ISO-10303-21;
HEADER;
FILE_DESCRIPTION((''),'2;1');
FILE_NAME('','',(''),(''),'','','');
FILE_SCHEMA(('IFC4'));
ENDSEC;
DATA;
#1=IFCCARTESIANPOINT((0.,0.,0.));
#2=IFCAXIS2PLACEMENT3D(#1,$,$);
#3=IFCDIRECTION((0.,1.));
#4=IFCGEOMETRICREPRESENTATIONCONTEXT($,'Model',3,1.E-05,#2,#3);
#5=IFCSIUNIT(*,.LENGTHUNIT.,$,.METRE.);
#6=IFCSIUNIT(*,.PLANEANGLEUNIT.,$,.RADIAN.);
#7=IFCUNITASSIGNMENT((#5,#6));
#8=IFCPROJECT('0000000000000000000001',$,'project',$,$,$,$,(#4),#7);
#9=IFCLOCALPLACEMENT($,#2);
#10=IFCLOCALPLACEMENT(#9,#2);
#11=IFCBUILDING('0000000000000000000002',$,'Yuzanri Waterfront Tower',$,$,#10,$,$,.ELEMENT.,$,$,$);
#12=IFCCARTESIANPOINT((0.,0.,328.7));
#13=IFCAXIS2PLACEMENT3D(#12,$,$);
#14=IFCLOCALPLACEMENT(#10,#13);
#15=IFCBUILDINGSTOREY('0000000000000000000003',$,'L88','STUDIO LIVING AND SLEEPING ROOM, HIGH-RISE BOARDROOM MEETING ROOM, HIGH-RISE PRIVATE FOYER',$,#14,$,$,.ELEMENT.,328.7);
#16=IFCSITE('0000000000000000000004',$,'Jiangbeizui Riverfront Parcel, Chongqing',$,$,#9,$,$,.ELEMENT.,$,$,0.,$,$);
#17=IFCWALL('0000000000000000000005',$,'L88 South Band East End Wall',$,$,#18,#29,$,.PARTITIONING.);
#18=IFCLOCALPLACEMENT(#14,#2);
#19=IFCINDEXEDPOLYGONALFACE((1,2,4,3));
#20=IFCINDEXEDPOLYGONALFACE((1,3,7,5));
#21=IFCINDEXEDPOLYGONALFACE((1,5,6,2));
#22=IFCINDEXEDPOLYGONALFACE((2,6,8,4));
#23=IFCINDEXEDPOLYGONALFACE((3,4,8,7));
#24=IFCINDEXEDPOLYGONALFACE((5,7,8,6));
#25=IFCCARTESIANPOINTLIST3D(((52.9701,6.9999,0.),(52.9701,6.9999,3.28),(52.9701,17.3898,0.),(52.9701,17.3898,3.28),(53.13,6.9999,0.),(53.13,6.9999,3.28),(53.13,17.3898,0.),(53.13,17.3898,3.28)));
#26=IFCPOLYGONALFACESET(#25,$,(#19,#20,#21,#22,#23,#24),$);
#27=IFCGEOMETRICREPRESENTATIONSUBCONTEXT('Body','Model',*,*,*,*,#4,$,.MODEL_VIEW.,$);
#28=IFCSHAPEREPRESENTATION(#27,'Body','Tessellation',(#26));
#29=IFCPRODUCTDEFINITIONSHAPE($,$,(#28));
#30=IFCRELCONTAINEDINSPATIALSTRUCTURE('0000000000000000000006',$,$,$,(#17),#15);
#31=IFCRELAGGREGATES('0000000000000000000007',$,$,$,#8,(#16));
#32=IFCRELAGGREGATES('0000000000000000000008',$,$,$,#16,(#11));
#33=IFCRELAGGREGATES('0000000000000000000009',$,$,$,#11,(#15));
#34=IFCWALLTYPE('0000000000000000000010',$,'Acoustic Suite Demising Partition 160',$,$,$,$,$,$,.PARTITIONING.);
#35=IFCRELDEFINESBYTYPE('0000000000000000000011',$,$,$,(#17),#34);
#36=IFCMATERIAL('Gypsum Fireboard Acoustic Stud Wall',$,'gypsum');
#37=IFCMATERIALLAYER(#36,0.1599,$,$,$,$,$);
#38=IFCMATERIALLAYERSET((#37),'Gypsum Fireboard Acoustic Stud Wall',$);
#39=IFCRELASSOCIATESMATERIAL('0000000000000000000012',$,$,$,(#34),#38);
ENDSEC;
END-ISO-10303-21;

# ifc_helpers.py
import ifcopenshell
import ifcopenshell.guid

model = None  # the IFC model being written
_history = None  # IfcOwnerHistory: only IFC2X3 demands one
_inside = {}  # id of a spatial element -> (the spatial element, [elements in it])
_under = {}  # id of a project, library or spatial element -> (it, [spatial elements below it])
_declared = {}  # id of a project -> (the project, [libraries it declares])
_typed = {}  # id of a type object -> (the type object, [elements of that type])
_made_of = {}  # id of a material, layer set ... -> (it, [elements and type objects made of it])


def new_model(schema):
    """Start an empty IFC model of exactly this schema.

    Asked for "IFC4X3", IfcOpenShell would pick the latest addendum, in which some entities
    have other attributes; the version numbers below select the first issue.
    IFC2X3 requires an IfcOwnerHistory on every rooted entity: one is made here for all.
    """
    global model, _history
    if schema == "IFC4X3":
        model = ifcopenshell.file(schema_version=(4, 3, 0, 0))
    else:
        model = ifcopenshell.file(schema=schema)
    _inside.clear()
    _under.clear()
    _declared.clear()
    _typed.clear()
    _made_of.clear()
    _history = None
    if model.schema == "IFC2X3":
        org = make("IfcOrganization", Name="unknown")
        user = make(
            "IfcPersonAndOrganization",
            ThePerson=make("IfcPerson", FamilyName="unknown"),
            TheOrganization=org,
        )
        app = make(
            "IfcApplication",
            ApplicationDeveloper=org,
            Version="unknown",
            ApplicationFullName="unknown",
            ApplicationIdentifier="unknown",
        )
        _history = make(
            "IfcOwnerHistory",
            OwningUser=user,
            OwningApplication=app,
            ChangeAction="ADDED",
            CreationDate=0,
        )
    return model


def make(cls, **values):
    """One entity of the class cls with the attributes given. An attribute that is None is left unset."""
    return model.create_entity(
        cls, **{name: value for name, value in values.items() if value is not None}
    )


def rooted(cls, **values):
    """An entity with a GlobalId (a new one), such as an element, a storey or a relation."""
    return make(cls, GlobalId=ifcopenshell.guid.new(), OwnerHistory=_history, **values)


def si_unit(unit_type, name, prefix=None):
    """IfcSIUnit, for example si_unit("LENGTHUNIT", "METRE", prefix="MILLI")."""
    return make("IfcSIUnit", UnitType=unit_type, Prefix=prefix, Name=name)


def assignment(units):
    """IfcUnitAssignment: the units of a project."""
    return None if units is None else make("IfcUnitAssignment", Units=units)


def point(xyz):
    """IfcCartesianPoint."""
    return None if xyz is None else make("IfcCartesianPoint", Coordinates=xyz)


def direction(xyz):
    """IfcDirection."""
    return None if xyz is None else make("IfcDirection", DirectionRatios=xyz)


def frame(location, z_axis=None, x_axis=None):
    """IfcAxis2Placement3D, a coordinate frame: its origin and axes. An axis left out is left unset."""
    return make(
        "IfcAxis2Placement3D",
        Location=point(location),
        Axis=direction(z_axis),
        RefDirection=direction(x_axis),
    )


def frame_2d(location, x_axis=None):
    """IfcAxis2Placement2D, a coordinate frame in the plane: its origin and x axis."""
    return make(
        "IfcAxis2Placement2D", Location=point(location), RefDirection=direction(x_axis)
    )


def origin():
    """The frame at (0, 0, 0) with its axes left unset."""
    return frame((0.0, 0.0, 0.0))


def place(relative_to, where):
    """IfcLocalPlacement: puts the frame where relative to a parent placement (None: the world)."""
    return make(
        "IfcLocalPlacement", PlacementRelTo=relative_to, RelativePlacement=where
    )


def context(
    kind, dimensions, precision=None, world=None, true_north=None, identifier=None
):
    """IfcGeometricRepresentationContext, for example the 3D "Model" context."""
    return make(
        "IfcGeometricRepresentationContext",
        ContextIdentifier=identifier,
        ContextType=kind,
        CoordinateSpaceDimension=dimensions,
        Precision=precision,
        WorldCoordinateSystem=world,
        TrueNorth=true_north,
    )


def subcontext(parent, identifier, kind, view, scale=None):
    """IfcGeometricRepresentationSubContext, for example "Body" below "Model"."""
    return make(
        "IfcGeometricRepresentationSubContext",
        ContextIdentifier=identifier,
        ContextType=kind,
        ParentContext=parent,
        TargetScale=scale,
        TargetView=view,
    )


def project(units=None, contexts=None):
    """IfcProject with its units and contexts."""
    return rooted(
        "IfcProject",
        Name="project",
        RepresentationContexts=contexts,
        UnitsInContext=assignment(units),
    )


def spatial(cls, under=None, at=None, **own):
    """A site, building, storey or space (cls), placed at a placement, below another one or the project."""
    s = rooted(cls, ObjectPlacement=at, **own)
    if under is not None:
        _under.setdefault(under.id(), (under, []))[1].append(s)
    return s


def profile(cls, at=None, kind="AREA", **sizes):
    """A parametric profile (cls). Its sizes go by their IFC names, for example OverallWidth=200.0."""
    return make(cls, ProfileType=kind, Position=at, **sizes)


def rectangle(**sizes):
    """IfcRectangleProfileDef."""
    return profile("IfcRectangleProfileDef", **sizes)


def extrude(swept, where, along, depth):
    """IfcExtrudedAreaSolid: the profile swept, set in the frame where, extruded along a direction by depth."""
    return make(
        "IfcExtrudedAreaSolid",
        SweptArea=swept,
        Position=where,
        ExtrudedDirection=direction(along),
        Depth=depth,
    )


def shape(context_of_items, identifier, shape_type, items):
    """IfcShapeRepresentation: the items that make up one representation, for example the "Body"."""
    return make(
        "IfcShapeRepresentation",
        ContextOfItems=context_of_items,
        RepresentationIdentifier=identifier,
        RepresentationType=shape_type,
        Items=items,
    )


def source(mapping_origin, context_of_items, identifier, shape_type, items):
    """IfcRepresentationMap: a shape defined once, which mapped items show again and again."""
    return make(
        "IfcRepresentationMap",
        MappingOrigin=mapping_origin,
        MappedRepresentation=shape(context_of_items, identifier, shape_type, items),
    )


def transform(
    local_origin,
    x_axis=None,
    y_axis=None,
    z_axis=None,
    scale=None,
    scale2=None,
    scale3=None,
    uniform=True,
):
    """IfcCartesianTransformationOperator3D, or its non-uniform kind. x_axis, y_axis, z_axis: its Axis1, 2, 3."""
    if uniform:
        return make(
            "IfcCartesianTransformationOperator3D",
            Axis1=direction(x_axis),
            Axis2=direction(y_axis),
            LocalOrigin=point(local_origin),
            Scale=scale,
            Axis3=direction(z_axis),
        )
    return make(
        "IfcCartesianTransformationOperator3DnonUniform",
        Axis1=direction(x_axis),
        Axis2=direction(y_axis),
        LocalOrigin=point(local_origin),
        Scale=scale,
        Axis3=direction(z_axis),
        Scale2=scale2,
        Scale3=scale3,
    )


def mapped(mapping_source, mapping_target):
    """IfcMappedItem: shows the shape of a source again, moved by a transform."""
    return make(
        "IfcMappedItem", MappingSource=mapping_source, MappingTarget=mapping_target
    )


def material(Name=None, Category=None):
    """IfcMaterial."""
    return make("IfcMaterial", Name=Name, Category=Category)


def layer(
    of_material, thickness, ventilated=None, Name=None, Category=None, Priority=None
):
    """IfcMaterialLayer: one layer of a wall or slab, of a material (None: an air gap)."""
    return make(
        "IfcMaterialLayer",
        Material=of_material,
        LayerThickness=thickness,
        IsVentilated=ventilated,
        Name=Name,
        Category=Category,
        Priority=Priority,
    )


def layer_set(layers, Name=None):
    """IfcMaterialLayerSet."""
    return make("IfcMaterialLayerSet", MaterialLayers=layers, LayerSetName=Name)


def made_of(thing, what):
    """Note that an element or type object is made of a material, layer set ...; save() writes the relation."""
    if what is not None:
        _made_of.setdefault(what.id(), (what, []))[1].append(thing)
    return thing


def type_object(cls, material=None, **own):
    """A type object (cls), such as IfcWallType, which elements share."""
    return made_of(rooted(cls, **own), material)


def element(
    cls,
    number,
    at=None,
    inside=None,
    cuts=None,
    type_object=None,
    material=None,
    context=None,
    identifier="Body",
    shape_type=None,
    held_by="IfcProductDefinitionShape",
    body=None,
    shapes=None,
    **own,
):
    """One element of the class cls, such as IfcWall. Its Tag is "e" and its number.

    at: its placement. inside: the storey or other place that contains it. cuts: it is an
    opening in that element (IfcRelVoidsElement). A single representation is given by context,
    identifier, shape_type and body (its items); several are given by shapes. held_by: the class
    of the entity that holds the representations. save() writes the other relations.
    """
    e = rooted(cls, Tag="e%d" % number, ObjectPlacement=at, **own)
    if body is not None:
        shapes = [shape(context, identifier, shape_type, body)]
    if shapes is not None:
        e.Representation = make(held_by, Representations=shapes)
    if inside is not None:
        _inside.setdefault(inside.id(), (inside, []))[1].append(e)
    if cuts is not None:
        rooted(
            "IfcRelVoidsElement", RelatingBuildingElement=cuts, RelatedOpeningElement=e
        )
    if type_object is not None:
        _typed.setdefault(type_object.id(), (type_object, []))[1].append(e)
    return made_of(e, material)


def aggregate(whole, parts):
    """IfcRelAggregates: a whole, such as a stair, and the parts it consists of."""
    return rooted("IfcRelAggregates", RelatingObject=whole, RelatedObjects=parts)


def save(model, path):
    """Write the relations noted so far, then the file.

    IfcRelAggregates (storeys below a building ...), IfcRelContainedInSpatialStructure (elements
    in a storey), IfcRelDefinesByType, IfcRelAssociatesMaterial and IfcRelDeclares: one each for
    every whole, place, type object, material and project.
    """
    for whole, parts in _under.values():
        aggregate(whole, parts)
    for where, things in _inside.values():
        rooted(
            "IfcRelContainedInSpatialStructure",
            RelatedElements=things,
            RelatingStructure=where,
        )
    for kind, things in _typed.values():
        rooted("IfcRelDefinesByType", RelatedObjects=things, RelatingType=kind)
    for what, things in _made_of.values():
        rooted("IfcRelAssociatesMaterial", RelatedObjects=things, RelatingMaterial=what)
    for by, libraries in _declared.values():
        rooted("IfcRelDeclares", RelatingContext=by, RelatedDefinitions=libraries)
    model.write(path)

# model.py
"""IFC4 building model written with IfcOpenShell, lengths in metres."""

from ifc_helpers import new_model, si_unit, direction, frame, frame_2d, origin, place, context, subcontext, project, spatial, rectangle, extrude, source, transform, mapped, material, layer, layer_set, type_object, element, save


model = new_model("IFC4")

# Units and contexts
model_context = context("Model", 3, precision=1e-05, world=origin(), true_north=direction((0.0, 1.0)))
body_context = subcontext(model_context, "Body", "Model", "MODEL_VIEW")
ifc_project = project(units=[si_unit("LENGTHUNIT", "METRE"), si_unit("PLANEANGLEUNIT", "RADIAN")], contexts=[model_context])

# Site, building, storey
site_placement = place(None, origin())
site = spatial("IfcSite", under=ifc_project, at=site_placement, Name="Jiangbeizui Riverfront Parcel, Chongqing", CompositionType="ELEMENT", RefElevation=0.0)
building_placement = place(site_placement, origin())
building = spatial("IfcBuilding", under=site, at=building_placement, Name="Yuzanri Waterfront Tower", CompositionType="ELEMENT")
storey_placement = place(building_placement, frame((0.0, 0.0, 328.7)))
storey = spatial("IfcBuildingStorey", under=building, at=storey_placement, Name="L88", Description="STUDIO LIVING AND SLEEPING ROOM, HIGH-RISE BOARDROOM MEETING ROOM, HIGH-RISE PRIVATE FOYER", CompositionType="ELEMENT", Elevation=328.7)

# Wall
ifc_material_1 = material(Name="Gypsum Fireboard Acoustic Stud Wall", Category="gypsum")
ifc_layer_1 = layer(ifc_material_1, 0.1599)
ifc_layer_set_1 = layer_set([ifc_layer_1], Name="Gypsum Fireboard Acoustic Stud Wall")
wall_type_1 = type_object("IfcWallType", Name="Acoustic Suite Demising Partition 160", PredefinedType="PARTITIONING", material=ifc_layer_set_1)
shared_shape_1 = source(origin(), body_context, "Body", "SweptSolid", [
    extrude(rectangle(XDim=10.3899, YDim=0.1599, at=frame_2d((5.1948, 0.0))), origin(), (0.0, 0.0, 1.0), 3.28),
])
wall_1_placement = place(storey_placement, frame((53.05, 7.0, 0.0), z_axis=(0.0, 0.0, 1.0), x_axis=(0.0, 1.0, 0.0)))
element("IfcWall", 1, at=wall_1_placement, inside=storey, type_object=wall_type_1, Name="L88 South Band East End Wall", PredefinedType="PARTITIONING", context=body_context, shape_type="MappedRepresentation", body=[
    mapped(shared_shape_1, transform((0.0, 0.0, 0.0), scale=1.0)),
])

save(model, "model.ifc")
